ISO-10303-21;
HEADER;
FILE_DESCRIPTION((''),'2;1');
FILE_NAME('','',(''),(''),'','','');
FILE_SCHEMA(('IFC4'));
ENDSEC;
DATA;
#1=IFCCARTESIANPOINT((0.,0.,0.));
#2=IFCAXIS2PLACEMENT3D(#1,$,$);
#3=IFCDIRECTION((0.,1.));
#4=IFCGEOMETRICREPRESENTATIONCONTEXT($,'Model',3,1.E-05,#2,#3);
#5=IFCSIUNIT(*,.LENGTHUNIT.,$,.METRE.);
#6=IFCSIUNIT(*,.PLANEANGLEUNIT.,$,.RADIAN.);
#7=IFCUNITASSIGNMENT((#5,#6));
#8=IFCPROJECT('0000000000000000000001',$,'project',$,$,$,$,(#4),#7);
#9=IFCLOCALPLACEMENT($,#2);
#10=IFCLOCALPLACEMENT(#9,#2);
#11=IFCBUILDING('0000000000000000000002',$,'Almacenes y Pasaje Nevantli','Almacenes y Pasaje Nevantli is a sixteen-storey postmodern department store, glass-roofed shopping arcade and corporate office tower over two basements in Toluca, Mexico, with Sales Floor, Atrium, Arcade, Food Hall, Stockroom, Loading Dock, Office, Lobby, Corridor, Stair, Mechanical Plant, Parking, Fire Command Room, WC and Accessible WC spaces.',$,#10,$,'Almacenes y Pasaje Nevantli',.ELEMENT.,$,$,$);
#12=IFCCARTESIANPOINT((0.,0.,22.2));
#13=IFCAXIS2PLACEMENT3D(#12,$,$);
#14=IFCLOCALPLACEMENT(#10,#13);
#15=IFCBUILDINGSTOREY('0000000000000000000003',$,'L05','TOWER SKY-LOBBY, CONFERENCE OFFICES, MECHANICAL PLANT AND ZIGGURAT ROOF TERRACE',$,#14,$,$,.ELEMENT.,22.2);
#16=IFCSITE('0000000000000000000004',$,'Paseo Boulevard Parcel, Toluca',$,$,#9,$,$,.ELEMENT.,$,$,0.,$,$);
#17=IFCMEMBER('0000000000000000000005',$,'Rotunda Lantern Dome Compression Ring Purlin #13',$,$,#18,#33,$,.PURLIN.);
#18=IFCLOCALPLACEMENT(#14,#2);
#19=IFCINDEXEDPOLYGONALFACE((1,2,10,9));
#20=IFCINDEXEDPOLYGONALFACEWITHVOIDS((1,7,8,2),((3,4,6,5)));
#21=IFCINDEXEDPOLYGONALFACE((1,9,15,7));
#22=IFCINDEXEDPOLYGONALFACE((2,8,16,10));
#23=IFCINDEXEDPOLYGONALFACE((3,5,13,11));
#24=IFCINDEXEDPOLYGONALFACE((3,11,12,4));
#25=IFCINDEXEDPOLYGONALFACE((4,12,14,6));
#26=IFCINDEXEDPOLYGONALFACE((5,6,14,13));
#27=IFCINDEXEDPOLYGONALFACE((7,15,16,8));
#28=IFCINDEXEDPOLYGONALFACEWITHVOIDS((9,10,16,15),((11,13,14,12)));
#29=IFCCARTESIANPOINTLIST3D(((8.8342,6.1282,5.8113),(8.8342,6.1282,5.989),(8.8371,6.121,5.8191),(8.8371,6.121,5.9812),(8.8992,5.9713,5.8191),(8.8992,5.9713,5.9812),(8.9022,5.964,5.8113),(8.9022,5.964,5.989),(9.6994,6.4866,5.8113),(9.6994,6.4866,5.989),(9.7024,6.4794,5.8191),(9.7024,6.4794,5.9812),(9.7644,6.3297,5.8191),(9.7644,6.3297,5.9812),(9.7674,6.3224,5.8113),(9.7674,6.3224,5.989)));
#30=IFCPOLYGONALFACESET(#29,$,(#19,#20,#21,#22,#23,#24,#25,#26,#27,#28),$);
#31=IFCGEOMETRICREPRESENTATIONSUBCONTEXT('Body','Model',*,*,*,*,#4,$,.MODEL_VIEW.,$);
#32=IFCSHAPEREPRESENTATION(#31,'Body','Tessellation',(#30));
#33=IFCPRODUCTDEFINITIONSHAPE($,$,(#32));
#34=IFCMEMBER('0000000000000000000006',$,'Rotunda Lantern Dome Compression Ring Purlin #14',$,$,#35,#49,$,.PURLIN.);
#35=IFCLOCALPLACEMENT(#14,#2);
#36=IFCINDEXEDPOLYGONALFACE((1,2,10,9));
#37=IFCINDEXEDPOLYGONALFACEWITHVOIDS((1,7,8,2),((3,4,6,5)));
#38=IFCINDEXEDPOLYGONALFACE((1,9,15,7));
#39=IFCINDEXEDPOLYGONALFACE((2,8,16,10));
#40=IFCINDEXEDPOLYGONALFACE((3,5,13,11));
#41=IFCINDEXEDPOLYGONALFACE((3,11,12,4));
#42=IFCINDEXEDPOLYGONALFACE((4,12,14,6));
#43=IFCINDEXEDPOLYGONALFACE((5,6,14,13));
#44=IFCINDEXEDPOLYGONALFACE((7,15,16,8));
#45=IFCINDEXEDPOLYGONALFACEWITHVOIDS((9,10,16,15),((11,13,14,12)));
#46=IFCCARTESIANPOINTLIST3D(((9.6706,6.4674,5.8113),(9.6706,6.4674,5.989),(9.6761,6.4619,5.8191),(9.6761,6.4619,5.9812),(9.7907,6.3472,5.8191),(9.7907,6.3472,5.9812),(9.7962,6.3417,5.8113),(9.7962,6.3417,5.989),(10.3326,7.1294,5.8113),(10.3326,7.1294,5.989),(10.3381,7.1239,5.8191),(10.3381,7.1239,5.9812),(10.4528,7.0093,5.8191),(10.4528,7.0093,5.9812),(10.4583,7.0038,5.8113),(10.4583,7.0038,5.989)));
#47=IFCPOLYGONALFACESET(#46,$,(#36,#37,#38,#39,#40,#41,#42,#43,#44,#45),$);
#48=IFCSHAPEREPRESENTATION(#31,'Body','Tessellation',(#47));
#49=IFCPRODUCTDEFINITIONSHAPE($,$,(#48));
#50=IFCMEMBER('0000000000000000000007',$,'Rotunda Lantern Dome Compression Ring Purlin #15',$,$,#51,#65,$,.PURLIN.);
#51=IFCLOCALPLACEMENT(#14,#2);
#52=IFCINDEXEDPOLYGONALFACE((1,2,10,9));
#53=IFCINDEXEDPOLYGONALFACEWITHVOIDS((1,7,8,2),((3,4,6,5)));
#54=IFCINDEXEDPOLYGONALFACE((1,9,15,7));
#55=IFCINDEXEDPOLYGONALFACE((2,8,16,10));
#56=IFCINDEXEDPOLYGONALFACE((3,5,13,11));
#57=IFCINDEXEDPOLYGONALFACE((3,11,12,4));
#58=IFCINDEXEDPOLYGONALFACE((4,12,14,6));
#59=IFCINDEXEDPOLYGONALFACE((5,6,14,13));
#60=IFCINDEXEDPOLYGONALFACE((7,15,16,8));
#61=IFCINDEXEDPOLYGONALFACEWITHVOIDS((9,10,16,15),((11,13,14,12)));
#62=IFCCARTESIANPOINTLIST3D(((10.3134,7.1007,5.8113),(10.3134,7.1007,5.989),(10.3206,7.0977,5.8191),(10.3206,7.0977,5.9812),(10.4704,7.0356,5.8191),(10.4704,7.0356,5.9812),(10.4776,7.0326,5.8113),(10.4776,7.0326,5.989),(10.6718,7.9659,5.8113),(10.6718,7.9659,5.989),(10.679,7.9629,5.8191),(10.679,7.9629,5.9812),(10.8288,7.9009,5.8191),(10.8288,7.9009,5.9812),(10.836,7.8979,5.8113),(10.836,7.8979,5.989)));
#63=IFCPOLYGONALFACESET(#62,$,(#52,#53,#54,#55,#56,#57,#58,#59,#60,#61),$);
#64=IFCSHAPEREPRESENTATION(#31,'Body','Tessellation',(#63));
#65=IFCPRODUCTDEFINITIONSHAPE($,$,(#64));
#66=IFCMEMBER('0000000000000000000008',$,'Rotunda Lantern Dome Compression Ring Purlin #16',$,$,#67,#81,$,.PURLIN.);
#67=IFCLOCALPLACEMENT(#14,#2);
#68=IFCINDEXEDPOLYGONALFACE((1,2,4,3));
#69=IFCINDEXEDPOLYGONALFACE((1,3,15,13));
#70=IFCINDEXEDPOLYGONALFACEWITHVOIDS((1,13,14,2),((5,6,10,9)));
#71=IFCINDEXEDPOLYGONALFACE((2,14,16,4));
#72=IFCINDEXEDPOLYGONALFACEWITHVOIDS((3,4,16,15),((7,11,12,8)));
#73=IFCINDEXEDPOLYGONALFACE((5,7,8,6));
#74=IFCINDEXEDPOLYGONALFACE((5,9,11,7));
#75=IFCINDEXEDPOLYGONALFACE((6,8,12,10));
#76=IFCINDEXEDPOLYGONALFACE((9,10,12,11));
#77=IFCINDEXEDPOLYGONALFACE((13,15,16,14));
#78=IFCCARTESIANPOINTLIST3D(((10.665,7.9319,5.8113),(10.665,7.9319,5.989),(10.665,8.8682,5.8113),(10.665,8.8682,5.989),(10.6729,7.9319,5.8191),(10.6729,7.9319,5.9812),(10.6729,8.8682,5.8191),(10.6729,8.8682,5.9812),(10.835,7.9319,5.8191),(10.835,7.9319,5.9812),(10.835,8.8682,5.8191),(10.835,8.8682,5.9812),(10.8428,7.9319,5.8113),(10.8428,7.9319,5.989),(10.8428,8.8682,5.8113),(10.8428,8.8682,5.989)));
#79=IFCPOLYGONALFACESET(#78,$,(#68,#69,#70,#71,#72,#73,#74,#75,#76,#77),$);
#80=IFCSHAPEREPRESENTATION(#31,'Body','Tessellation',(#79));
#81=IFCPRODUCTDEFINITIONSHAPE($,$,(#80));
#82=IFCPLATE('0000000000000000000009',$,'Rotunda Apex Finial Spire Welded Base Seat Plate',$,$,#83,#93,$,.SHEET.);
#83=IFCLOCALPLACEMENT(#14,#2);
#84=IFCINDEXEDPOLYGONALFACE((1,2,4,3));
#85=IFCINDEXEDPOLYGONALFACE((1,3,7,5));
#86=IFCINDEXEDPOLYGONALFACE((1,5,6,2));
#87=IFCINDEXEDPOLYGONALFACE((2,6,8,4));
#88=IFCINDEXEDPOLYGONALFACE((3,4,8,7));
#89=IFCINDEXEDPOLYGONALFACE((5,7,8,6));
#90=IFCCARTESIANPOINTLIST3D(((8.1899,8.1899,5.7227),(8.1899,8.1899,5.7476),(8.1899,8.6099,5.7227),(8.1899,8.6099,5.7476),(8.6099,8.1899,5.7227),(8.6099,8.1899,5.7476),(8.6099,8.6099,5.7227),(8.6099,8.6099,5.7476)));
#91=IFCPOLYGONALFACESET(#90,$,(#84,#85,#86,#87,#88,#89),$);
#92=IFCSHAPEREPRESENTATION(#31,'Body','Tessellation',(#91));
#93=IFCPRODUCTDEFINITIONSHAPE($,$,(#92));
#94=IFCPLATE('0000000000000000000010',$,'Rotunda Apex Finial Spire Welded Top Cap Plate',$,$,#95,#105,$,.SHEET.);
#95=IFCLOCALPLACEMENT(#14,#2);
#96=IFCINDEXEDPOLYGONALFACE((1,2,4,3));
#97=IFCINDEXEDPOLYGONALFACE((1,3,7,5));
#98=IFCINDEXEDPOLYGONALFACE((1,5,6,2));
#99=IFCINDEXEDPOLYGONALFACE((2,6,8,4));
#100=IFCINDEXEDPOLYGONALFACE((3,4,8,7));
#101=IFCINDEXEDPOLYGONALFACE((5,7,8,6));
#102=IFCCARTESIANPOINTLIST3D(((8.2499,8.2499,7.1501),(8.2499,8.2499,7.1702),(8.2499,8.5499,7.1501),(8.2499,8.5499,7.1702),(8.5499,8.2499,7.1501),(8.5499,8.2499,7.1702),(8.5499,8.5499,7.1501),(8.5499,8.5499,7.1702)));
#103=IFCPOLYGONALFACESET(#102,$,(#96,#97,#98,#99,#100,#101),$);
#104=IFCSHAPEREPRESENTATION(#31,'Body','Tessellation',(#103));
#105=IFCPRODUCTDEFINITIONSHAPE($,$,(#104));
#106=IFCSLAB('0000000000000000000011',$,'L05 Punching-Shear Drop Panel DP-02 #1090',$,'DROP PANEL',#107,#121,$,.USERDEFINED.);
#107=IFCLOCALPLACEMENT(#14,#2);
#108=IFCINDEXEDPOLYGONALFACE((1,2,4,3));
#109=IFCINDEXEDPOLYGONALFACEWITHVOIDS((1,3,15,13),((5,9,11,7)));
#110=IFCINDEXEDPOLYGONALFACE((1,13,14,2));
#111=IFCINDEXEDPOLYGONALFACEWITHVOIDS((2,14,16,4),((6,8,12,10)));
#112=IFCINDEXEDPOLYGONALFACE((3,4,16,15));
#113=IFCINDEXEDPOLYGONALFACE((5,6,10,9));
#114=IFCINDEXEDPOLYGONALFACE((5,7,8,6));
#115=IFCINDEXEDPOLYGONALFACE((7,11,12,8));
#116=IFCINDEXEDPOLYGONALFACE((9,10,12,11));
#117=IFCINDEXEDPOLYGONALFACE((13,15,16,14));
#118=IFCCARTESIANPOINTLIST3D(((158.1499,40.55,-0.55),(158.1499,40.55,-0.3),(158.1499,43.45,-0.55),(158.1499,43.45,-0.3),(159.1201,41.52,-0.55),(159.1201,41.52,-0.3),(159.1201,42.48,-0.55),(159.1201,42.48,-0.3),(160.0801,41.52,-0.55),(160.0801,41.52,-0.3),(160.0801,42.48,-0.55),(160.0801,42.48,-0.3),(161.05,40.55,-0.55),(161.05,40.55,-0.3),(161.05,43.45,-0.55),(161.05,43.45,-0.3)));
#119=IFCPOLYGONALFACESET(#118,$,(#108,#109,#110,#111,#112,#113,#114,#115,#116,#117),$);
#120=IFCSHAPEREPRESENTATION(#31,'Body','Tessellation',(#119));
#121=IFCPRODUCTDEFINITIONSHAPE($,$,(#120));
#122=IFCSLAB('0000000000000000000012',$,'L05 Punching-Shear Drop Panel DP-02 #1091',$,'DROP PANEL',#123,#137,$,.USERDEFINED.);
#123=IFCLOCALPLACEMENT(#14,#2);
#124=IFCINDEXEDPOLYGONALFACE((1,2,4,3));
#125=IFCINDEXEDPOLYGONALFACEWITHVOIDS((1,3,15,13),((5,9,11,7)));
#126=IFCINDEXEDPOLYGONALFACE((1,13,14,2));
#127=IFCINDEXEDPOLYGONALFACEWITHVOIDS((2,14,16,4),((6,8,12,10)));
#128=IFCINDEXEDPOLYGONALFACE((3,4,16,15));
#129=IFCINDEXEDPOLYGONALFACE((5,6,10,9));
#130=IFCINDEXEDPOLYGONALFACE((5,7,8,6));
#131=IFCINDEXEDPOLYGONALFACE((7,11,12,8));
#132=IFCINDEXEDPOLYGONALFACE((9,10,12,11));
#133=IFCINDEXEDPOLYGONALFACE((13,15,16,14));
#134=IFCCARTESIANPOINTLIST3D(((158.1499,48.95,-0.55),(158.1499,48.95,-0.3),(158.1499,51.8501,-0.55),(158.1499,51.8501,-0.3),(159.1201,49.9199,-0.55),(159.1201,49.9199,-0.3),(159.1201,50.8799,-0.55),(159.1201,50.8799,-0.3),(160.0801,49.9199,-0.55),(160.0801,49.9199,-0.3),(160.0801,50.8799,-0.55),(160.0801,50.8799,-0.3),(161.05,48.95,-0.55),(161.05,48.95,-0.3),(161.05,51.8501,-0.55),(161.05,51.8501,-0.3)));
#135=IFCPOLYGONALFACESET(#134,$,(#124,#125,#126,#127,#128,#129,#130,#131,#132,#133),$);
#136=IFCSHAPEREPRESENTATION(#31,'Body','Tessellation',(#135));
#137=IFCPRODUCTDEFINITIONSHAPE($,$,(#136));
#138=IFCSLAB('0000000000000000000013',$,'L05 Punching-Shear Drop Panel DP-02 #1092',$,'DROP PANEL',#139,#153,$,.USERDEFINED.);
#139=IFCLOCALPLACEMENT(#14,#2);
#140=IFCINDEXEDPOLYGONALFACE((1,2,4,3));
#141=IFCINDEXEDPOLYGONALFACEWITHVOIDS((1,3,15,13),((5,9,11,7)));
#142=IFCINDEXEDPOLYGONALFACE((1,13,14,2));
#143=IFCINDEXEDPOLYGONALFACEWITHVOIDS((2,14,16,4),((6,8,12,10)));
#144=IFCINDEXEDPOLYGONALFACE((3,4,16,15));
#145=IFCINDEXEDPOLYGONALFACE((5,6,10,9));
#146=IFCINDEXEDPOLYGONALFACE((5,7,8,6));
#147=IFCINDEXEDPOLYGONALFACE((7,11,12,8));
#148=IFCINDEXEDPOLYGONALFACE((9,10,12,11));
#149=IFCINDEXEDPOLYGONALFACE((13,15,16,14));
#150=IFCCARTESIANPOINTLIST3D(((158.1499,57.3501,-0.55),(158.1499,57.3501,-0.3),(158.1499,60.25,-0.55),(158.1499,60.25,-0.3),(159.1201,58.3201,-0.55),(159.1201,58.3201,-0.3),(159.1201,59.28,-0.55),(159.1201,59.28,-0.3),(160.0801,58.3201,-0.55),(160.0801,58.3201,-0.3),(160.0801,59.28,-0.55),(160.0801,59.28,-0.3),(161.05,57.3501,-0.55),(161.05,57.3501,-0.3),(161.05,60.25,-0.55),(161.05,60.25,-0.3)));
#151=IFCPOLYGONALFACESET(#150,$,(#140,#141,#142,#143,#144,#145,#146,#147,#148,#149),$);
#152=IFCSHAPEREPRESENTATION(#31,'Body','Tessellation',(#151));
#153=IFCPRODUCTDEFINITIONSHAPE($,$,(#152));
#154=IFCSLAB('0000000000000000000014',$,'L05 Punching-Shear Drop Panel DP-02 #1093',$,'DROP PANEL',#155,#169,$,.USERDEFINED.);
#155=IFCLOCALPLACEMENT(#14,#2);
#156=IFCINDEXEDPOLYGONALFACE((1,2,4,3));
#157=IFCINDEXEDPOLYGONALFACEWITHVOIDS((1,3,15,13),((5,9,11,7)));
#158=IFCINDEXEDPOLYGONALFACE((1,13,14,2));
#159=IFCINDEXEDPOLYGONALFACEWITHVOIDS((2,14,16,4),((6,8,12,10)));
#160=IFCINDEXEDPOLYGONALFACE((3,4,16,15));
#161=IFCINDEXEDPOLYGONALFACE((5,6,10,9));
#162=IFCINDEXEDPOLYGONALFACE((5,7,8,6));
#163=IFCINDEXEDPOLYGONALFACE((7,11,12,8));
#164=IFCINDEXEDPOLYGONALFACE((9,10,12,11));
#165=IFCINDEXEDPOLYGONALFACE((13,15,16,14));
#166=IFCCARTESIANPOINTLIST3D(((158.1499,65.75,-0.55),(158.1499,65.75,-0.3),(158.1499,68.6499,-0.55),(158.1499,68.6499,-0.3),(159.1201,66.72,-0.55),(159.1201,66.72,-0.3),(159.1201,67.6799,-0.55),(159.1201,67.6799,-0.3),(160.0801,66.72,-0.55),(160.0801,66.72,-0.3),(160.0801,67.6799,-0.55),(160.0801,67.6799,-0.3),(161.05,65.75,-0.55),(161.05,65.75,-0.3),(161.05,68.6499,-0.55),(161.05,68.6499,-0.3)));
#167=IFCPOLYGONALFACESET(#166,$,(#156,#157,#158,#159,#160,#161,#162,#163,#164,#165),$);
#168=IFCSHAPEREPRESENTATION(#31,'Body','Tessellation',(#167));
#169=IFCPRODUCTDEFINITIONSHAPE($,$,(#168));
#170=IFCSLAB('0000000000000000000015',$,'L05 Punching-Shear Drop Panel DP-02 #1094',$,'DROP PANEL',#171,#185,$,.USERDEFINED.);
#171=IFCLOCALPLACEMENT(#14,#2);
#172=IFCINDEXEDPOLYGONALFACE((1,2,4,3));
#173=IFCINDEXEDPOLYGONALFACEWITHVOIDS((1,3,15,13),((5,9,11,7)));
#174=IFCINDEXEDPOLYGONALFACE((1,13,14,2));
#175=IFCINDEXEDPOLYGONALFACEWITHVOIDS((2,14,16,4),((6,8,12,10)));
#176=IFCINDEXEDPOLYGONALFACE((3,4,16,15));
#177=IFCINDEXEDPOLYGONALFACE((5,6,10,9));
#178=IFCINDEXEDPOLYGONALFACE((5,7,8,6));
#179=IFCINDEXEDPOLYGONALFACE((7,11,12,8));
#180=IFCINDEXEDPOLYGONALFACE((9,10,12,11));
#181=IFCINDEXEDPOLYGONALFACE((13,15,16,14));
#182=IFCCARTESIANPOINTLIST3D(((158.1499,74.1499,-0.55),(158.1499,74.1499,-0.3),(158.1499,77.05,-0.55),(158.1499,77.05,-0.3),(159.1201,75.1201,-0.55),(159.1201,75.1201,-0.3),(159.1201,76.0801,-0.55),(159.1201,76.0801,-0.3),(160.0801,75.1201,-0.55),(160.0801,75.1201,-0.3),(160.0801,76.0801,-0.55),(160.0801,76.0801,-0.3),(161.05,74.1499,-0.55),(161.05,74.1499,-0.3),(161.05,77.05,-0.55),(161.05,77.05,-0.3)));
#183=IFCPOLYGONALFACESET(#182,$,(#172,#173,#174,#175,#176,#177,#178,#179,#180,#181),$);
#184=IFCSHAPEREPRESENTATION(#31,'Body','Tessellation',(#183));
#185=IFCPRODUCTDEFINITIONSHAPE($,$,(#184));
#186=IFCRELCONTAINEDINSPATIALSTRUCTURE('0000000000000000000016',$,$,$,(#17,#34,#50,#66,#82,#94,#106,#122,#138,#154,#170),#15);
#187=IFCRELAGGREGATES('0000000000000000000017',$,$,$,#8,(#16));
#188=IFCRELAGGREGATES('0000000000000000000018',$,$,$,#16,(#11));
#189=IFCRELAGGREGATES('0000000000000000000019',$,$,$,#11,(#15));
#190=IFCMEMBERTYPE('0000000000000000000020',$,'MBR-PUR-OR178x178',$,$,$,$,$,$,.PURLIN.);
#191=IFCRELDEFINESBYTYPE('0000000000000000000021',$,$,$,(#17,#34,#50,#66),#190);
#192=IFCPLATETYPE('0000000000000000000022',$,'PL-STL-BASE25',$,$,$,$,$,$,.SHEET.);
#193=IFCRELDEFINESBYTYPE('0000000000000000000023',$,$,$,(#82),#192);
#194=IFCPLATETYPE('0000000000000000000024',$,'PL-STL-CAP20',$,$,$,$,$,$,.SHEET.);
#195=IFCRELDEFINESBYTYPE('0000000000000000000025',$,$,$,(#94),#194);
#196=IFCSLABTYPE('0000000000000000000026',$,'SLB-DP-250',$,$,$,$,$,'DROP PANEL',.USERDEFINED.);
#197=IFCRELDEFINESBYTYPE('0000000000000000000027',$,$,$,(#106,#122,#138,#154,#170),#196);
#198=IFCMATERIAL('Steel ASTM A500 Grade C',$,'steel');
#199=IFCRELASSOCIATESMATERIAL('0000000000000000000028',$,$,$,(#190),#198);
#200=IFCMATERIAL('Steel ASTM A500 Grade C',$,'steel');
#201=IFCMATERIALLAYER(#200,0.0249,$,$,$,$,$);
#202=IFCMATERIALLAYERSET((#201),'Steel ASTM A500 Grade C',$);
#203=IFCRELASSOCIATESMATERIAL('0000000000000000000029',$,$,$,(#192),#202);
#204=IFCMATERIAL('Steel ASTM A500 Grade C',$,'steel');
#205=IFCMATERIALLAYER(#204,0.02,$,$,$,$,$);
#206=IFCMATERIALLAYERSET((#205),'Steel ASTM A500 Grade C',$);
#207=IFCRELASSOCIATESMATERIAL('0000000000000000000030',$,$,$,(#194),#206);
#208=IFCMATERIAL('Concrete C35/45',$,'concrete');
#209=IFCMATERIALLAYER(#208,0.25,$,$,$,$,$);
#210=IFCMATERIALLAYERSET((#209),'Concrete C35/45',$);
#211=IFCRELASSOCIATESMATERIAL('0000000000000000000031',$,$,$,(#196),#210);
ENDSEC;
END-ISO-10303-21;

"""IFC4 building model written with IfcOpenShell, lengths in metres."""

from ifc_helpers import new_model, si_unit, direction, frame, origin, origin_2d, place, context, subcontext, project, spatial, polyline, rectangle, hollow_rectangle, outline, extrude, material, layer, layer_set, material_profile, profile_set, type_object, element, save


model = new_model("IFC4")

# Units and contexts
model_context = context("Model", 3, precision=1e-05, world=origin(), true_north=direction((0.0, 1.0)))
body_context = subcontext(model_context, "Body", "Model", "MODEL_VIEW")
ifc_project = project(units=[si_unit("LENGTHUNIT", "METRE"), si_unit("PLANEANGLEUNIT", "RADIAN")], contexts=[model_context])

# Site, building, storey
site_placement = place(None, origin())
site = spatial("IfcSite", under=ifc_project, at=site_placement, Name="Paseo Boulevard Parcel, Toluca", CompositionType="ELEMENT", RefElevation=0.0)
building_placement = place(site_placement, origin())
building = spatial("IfcBuilding", under=site, at=building_placement, Name="Almacenes y Pasaje Nevantli", Description="Almacenes y Pasaje Nevantli is a sixteen-storey postmodern department store, glass-roofed shopping arcade and corporate office tower over two basements in Toluca, Mexico, with Sales Floor, Atrium, Arcade, Food Hall, Stockroom, Loading Dock, Office, Lobby, Corridor, Stair, Mechanical Plant, Parking, Fire Command Room, WC and Accessible WC spaces.", LongName="Almacenes y Pasaje Nevantli", CompositionType="ELEMENT")
storey_placement = place(building_placement, frame((0.0, 0.0, 22.2)))
storey = spatial("IfcBuildingStorey", under=building, at=storey_placement, Name="L05", Description="TOWER SKY-LOBBY, CONFERENCE OFFICES, MECHANICAL PLANT AND ZIGGURAT ROOF TERRACE", CompositionType="ELEMENT", Elevation=22.2)

# Members
ifc_material_1 = material(Name="Steel ASTM A500 Grade C", Category="steel")
ifc_material_profile_1 = material_profile(ifc_material_1, hollow_rectangle(XDim=0.1777, YDim=0.1777, WallThickness=0.0078, at=origin_2d()), Name="OR 178x178x7.9")
ifc_profile_set_1 = profile_set([ifc_material_profile_1], Name="Steel ASTM A500 Grade C")
member_type_1 = type_object("IfcMemberType", Name="MBR-PUR-OR178x178", PredefinedType="PURLIN", material=ifc_profile_set_1)
member_1_placement = place(storey_placement, frame((8.8682, 6.0461, 5.9001), z_axis=(0.923877, 0.382689, 0.0), x_axis=(-0.382689, 0.923877, 0.0)))
element("IfcMember", 1, at=member_1_placement, inside=storey, type_object=member_type_1, Name="Rotunda Lantern Dome Compression Ring Purlin #13", PredefinedType="PURLIN", context=body_context, shape_type="SweptSolid", body=[
    extrude(hollow_rectangle(XDim=0.1777, YDim=0.1777, WallThickness=0.0078, at=origin_2d()), origin(), (0.0, 0.0, 1.0), 0.9365),
])
member_2_placement = place(storey_placement, frame((9.7334, 6.4045, 5.9001), z_axis=(0.707107, 0.707107, 0.0), x_axis=(-0.707107, 0.707107, 0.0)))
element("IfcMember", 2, at=member_2_placement, inside=storey, type_object=member_type_1, Name="Rotunda Lantern Dome Compression Ring Purlin #14", PredefinedType="PURLIN", context=body_context, shape_type="SweptSolid", body=[
    extrude(hollow_rectangle(XDim=0.1777, YDim=0.1777, WallThickness=0.0078, at=origin_2d()), origin(), (0.0, 0.0, 1.0), 0.9363),
])
member_3_placement = place(storey_placement, frame((10.3955, 7.0667, 5.9001), z_axis=(0.382689, 0.923877, 0.0), x_axis=(-0.923877, 0.382689, 0.0)))
element("IfcMember", 3, at=member_3_placement, inside=storey, type_object=member_type_1, Name="Rotunda Lantern Dome Compression Ring Purlin #15", PredefinedType="PURLIN", context=body_context, shape_type="SweptSolid", body=[
    extrude(hollow_rectangle(XDim=0.1777, YDim=0.1777, WallThickness=0.0078, at=origin_2d()), origin(), (0.0, 0.0, 1.0), 0.9365),
])
member_4_placement = place(storey_placement, frame((10.7539, 7.9319, 5.9001), z_axis=(0.0, 1.0, 0.0), x_axis=(-1.0, 0.0, 0.0)))
element("IfcMember", 4, at=member_4_placement, inside=storey, type_object=member_type_1, Name="Rotunda Lantern Dome Compression Ring Purlin #16", PredefinedType="PURLIN", context=body_context, shape_type="SweptSolid", body=[
    extrude(hollow_rectangle(XDim=0.1777, YDim=0.1777, WallThickness=0.0078, at=origin_2d()), origin(), (0.0, 0.0, 1.0), 0.9363),
])

# Plates
ifc_material_2 = material(Name="Steel ASTM A500 Grade C", Category="steel")
ifc_layer_1 = layer(ifc_material_2, 0.0249)
ifc_layer_set_1 = layer_set([ifc_layer_1], Name="Steel ASTM A500 Grade C")
plate_type_1 = type_object("IfcPlateType", Name="PL-STL-BASE25", PredefinedType="SHEET", material=ifc_layer_set_1)
plate_1_placement = place(storey_placement, frame((8.3999, 8.3999, 5.7227), z_axis=(0.0, 0.0, 1.0), x_axis=(1.0, 0.0, 0.0)))
element("IfcPlate", 5, at=plate_1_placement, inside=storey, type_object=plate_type_1, Name="Rotunda Apex Finial Spire Welded Base Seat Plate", PredefinedType="SHEET", context=body_context, shape_type="SweptSolid", body=[
    extrude(rectangle(XDim=0.4199, YDim=0.4199, at=origin_2d()), origin(), (0.0, 0.0, 1.0), 0.0249),
])
ifc_material_3 = material(Name="Steel ASTM A500 Grade C", Category="steel")
ifc_layer_2 = layer(ifc_material_3, 0.02)
ifc_layer_set_2 = layer_set([ifc_layer_2], Name="Steel ASTM A500 Grade C")
plate_type_2 = type_object("IfcPlateType", Name="PL-STL-CAP20", PredefinedType="SHEET", material=ifc_layer_set_2)
plate_2_placement = place(storey_placement, frame((8.3999, 8.3999, 7.1501), z_axis=(0.0, 0.0, 1.0), x_axis=(1.0, 0.0, 0.0)))
element("IfcPlate", 6, at=plate_2_placement, inside=storey, type_object=plate_type_2, Name="Rotunda Apex Finial Spire Welded Top Cap Plate", PredefinedType="SHEET", context=body_context, shape_type="SweptSolid", body=[
    extrude(rectangle(XDim=0.3, YDim=0.3, at=origin_2d()), origin(), (0.0, 0.0, 1.0), 0.02),
])

# Slabs
ifc_material_4 = material(Name="Concrete C35/45", Category="concrete")
ifc_layer_3 = layer(ifc_material_4, 0.25)
ifc_layer_set_3 = layer_set([ifc_layer_3], Name="Concrete C35/45")
slab_type_1 = type_object("IfcSlabType", Name="SLB-DP-250", ElementType="DROP PANEL", PredefinedType="USERDEFINED", material=ifc_layer_set_3)
slab_1_placement = place(storey_placement, frame((0.0, 0.0, -0.55)))
element("IfcSlab", 7, at=slab_1_placement, inside=storey, type_object=slab_type_1, Name="L05 Punching-Shear Drop Panel DP-02 #1090", ObjectType="DROP PANEL", PredefinedType="USERDEFINED", context=body_context, shape_type="SweptSolid", body=[
    extrude(outline(polyline([(158.1499, 40.55), (161.05, 40.55), (161.05, 43.45), (158.1499, 43.45), (158.1499, 40.55)]), holes=[polyline([(159.1201, 41.52), (160.0801, 41.52), (160.0801, 42.48), (159.1201, 42.48), (159.1201, 41.52)])]), origin(), (0.0, 0.0, 1.0), 0.25),
])
slab_2_placement = place(storey_placement, frame((0.0, 0.0, -0.55)))
element("IfcSlab", 8, at=slab_2_placement, inside=storey, type_object=slab_type_1, Name="L05 Punching-Shear Drop Panel DP-02 #1091", ObjectType="DROP PANEL", PredefinedType="USERDEFINED", context=body_context, shape_type="SweptSolid", body=[
    extrude(outline(polyline([(158.1499, 48.95), (161.05, 48.95), (161.05, 51.8501), (158.1499, 51.8501), (158.1499, 48.95)]), holes=[polyline([(159.1201, 49.9199), (160.0801, 49.9199), (160.0801, 50.8799), (159.1201, 50.8799), (159.1201, 49.9199)])]), origin(), (0.0, 0.0, 1.0), 0.25),
])
slab_3_placement = place(storey_placement, frame((0.0, 0.0, -0.55)))
element("IfcSlab", 9, at=slab_3_placement, inside=storey, type_object=slab_type_1, Name="L05 Punching-Shear Drop Panel DP-02 #1092", ObjectType="DROP PANEL", PredefinedType="USERDEFINED", context=body_context, shape_type="SweptSolid", body=[
    extrude(outline(polyline([(158.1499, 57.3501), (161.05, 57.3501), (161.05, 60.25), (158.1499, 60.25), (158.1499, 57.3501)]), holes=[polyline([(159.1201, 58.3201), (160.0801, 58.3201), (160.0801, 59.28), (159.1201, 59.28), (159.1201, 58.3201)])]), origin(), (0.0, 0.0, 1.0), 0.25),
])
slab_4_placement = place(storey_placement, frame((0.0, 0.0, -0.55)))
element("IfcSlab", 10, at=slab_4_placement, inside=storey, type_object=slab_type_1, Name="L05 Punching-Shear Drop Panel DP-02 #1093", ObjectType="DROP PANEL", PredefinedType="USERDEFINED", context=body_context, shape_type="SweptSolid", body=[
    extrude(outline(polyline([(158.1499, 65.75), (161.05, 65.75), (161.05, 68.6499), (158.1499, 68.6499), (158.1499, 65.75)]), holes=[polyline([(159.1201, 66.72), (160.0801, 66.72), (160.0801, 67.6799), (159.1201, 67.6799), (159.1201, 66.72)])]), origin(), (0.0, 0.0, 1.0), 0.25),
])
slab_5_placement = place(storey_placement, frame((0.0, 0.0, -0.55)))
element("IfcSlab", 11, at=slab_5_placement, inside=storey, type_object=slab_type_1, Name="L05 Punching-Shear Drop Panel DP-02 #1094", ObjectType="DROP PANEL", PredefinedType="USERDEFINED", context=body_context, shape_type="SweptSolid", body=[
    extrude(outline(polyline([(158.1499, 74.1499), (161.05, 74.1499), (161.05, 77.05), (158.1499, 77.05), (158.1499, 74.1499)]), holes=[polyline([(159.1201, 75.1201), (160.0801, 75.1201), (160.0801, 76.0801), (159.1201, 76.0801), (159.1201, 75.1201)])]), origin(), (0.0, 0.0, 1.0), 0.25),
])

save(model, "model.ifc")
